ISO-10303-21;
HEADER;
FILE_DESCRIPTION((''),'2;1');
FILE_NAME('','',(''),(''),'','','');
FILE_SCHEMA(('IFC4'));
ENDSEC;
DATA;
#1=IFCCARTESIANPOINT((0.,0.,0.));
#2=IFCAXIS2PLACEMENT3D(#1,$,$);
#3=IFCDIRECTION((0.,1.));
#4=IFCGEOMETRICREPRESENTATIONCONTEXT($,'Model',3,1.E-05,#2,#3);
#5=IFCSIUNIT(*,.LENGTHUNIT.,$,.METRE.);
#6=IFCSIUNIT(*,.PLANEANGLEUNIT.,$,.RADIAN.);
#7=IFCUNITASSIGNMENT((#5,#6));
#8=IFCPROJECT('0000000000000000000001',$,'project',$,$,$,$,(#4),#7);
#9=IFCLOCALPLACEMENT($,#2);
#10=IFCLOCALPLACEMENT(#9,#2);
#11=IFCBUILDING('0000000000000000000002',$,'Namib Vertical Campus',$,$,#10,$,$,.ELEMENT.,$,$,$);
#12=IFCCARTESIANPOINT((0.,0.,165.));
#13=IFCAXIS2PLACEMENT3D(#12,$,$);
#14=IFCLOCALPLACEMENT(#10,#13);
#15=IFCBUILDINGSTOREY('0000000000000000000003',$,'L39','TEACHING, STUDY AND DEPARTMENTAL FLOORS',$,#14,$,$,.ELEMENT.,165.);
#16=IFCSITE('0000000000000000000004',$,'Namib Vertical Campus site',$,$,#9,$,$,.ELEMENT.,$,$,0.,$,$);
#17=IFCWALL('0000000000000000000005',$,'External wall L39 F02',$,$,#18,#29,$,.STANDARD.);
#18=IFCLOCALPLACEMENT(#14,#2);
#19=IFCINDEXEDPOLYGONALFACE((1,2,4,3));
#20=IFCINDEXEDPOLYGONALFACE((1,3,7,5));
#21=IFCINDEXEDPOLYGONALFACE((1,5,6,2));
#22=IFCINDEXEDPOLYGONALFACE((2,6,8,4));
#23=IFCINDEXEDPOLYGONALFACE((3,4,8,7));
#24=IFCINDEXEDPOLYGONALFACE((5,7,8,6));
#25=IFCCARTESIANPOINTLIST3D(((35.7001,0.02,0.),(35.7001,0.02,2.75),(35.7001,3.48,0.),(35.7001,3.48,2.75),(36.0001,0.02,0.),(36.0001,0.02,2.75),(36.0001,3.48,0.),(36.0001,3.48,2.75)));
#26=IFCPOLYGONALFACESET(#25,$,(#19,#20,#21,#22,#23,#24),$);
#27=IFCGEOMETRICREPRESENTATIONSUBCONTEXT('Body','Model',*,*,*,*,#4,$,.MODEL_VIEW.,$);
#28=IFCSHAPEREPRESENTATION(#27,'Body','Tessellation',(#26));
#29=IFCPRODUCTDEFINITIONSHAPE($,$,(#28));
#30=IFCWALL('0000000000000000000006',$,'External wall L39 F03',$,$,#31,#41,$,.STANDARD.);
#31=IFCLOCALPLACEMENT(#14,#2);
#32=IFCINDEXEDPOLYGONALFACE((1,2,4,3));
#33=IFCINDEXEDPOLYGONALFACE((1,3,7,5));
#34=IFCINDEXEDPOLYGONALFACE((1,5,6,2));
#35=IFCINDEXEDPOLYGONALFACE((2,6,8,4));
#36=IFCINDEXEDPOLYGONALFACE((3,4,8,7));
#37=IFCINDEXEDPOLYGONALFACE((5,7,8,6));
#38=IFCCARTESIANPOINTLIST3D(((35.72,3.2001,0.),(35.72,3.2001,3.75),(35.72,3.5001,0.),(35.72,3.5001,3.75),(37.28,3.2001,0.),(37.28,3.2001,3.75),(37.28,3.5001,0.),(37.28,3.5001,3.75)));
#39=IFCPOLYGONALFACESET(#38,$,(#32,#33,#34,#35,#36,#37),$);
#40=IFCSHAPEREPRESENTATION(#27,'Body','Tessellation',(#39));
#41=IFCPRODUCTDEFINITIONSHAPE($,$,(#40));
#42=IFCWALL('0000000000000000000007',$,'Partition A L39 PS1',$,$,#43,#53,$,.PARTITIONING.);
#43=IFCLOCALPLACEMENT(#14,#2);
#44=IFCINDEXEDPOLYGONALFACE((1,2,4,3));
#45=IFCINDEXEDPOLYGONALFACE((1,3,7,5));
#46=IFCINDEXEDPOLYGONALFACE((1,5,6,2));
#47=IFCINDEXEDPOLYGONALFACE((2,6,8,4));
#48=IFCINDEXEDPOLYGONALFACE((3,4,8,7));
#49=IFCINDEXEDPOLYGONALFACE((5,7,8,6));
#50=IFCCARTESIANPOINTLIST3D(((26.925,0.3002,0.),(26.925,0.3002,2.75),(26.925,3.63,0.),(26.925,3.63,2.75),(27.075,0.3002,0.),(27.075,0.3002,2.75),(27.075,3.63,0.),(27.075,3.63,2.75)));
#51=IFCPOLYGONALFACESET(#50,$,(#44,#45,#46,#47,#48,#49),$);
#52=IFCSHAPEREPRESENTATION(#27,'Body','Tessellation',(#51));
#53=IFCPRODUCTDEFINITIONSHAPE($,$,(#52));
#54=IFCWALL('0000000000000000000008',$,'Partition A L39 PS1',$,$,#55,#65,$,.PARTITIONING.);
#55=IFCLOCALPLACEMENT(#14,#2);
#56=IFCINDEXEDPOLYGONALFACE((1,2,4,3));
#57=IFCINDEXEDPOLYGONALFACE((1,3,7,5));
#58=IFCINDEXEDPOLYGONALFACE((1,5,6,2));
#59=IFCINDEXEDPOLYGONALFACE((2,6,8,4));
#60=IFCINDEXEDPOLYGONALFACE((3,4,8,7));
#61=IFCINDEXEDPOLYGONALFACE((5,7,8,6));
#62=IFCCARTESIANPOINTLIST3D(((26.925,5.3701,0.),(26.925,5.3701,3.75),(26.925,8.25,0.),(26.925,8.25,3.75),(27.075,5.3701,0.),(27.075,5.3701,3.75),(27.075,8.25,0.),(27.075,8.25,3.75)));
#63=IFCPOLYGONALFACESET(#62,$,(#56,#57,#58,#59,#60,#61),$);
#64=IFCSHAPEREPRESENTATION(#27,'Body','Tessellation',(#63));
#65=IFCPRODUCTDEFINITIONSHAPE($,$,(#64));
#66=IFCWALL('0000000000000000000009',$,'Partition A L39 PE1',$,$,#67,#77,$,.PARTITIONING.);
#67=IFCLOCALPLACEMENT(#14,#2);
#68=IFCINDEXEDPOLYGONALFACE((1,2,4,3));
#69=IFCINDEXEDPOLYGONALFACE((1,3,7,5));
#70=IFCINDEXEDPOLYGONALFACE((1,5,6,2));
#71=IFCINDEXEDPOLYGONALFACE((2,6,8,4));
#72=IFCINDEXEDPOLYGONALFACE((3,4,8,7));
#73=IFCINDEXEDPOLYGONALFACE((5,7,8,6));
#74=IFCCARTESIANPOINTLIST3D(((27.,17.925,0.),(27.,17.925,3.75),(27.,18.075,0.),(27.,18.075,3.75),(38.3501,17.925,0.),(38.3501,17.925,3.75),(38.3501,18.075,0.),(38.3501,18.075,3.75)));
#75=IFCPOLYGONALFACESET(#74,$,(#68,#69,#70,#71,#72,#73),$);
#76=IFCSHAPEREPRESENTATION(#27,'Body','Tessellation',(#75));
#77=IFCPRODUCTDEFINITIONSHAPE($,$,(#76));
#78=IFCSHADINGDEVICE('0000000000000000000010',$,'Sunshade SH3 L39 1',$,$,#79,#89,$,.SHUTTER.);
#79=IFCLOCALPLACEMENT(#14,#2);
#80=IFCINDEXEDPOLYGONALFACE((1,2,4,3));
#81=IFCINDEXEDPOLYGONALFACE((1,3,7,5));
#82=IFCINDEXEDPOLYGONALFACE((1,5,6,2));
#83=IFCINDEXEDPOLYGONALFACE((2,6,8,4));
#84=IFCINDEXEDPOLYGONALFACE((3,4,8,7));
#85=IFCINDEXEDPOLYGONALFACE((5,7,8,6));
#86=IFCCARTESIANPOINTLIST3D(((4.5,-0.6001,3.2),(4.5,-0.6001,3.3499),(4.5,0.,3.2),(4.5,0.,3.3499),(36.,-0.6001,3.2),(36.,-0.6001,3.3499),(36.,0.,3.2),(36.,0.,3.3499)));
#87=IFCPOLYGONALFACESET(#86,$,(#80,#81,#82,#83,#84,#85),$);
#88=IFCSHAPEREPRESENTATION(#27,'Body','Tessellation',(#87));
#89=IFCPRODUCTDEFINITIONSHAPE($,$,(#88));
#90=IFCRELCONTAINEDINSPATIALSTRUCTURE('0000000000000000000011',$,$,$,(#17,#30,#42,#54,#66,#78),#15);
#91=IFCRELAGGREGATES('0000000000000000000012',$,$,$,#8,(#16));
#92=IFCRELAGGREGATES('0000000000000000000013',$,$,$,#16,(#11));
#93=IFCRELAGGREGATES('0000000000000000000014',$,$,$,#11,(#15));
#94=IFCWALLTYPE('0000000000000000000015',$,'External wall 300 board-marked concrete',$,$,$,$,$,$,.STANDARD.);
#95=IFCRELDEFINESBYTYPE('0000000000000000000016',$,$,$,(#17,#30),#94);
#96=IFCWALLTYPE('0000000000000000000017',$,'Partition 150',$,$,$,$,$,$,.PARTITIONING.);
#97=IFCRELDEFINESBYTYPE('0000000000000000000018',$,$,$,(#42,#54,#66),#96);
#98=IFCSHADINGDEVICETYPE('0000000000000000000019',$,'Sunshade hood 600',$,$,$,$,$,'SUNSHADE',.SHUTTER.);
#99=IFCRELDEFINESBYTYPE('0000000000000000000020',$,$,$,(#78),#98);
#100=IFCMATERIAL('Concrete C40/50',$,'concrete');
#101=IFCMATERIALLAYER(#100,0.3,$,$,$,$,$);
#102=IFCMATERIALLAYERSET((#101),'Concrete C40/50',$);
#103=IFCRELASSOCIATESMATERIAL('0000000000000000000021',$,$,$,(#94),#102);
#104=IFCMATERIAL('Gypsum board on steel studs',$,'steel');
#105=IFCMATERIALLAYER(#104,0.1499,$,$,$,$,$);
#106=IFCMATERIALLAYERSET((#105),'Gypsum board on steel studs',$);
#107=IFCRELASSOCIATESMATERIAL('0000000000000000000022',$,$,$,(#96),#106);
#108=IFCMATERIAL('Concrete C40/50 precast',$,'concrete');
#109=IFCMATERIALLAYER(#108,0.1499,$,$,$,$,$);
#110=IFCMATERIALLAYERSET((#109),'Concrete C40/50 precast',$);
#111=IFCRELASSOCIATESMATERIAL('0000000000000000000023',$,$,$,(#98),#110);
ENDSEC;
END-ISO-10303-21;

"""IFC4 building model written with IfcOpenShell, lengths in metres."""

from ifc_helpers import new_model, si_unit, direction, frame, frame_2d, origin, origin_2d, place, context, subcontext, project, spatial, rectangle, extrude, material, layer, layer_set, type_object, element, save


model = new_model("IFC4")

# Units and contexts
model_context = context("Model", 3, precision=1e-05, world=origin(), true_north=direction((0.0, 1.0)))
body_context = subcontext(model_context, "Body", "Model", "MODEL_VIEW")
ifc_project = project(units=[si_unit("LENGTHUNIT", "METRE"), si_unit("PLANEANGLEUNIT", "RADIAN")], contexts=[model_context])

# Site, building, storey
site_placement = place(None, origin())
site = spatial("IfcSite", under=ifc_project, at=site_placement, Name="Namib Vertical Campus site", CompositionType="ELEMENT", RefElevation=0.0)
building_placement = place(site_placement, origin())
building = spatial("IfcBuilding", under=site, at=building_placement, Name="Namib Vertical Campus", CompositionType="ELEMENT")
storey_placement = place(building_placement, frame((0.0, 0.0, 165.0)))
storey = spatial("IfcBuildingStorey", under=building, at=storey_placement, Name="L39", Description="TEACHING, STUDY AND DEPARTMENTAL FLOORS", CompositionType="ELEMENT", Elevation=165.0)

# Walls
ifc_material_1 = material(Name="Concrete C40/50", Category="concrete")
ifc_layer_1 = layer(ifc_material_1, 0.3)
ifc_layer_set_1 = layer_set([ifc_layer_1], Name="Concrete C40/50")
wall_type_1 = type_object("IfcWallType", Name="External wall 300 board-marked concrete", PredefinedType="STANDARD", material=ifc_layer_set_1)
wall_1_placement = place(storey_placement, frame((35.8501, 0.02, 0.0), z_axis=(0.0, 0.0, 1.0), x_axis=(0.0, 1.0, 0.0)))
element("IfcWall", 1, at=wall_1_placement, inside=storey, type_object=wall_type_1, Name="External wall L39 F02", PredefinedType="STANDARD", context=body_context, shape_type="SweptSolid", body=[
    extrude(rectangle(XDim=3.46, YDim=0.3, at=frame_2d((1.73, 0.0))), origin(), (0.0, 0.0, 1.0), 2.75),
])
wall_2_placement = place(storey_placement, frame((35.72, 3.3501, 0.0), z_axis=(0.0, 0.0, 1.0), x_axis=(1.0, 0.0, 0.0)))
element("IfcWall", 2, at=wall_2_placement, inside=storey, type_object=wall_type_1, Name="External wall L39 F03", PredefinedType="STANDARD", context=body_context, shape_type="SweptSolid", body=[
    extrude(rectangle(XDim=1.5601, YDim=0.3, at=frame_2d((0.78, 0.0))), origin(), (0.0, 0.0, 1.0), 3.75),
])
ifc_material_2 = material(Name="Gypsum board on steel studs", Category="steel")
ifc_layer_2 = layer(ifc_material_2, 0.1499)
ifc_layer_set_2 = layer_set([ifc_layer_2], Name="Gypsum board on steel studs")
wall_type_2 = type_object("IfcWallType", Name="Partition 150", PredefinedType="PARTITIONING", material=ifc_layer_set_2)
wall_3_placement = place(storey_placement, frame((27.0, 0.3, 0.0), z_axis=(0.0, 0.0, 1.0), x_axis=(0.0, 1.0, 0.0)))
element("IfcWall", 3, at=wall_3_placement, inside=storey, type_object=wall_type_2, Name="Partition A L39 PS1", PredefinedType="PARTITIONING", context=body_context, shape_type="SweptSolid", body=[
    extrude(rectangle(XDim=3.3298, YDim=0.1499, at=frame_2d((1.665, 0.0))), origin(), (0.0, 0.0, 1.0), 2.75),
])
wall_4_placement = place(storey_placement, frame((27.0, 5.3701, 0.0), z_axis=(0.0, 0.0, 1.0), x_axis=(0.0, 1.0, 0.0)))
element("IfcWall", 4, at=wall_4_placement, inside=storey, type_object=wall_type_2, Name="Partition A L39 PS1", PredefinedType="PARTITIONING", context=body_context, shape_type="SweptSolid", body=[
    extrude(rectangle(XDim=2.8799, YDim=0.1499, at=frame_2d((1.4399, 0.0))), origin(), (0.0, 0.0, 1.0), 3.75),
])
wall_5_placement = place(storey_placement, frame((27.0, 18.0, 0.0), z_axis=(0.0, 0.0, 1.0), x_axis=(1.0, 0.0, 0.0)))
element("IfcWall", 5, at=wall_5_placement, inside=storey, type_object=wall_type_2, Name="Partition A L39 PE1", PredefinedType="PARTITIONING", context=body_context, shape_type="SweptSolid", body=[
    extrude(rectangle(XDim=11.3501, YDim=0.1499, at=frame_2d((5.675, 0.0))), origin(), (0.0, 0.0, 1.0), 3.75),
])

# Shading device
ifc_material_3 = material(Name="Concrete C40/50 precast", Category="concrete")
ifc_layer_3 = layer(ifc_material_3, 0.1499)
ifc_layer_set_3 = layer_set([ifc_layer_3], Name="Concrete C40/50 precast")
shading_device_type = type_object("IfcShadingDeviceType", Name="Sunshade hood 600", ElementType="SUNSHADE", PredefinedType="SHUTTER", material=ifc_layer_set_3)
shading_device_placement = place(storey_placement, frame((20.25, -0.3, 3.2), z_axis=(0.0, 0.0, 1.0), x_axis=(1.0, 0.0, 0.0)))
element("IfcShadingDevice", 6, at=shading_device_placement, inside=storey, type_object=shading_device_type, Name="Sunshade SH3 L39 1", PredefinedType="SHUTTER", context=body_context, shape_type="SweptSolid", body=[
    extrude(rectangle(XDim=31.5, YDim=0.6001, at=origin_2d()), origin(), (0.0, 0.0, 1.0), 0.1499),
])

save(model, "model.ifc")
